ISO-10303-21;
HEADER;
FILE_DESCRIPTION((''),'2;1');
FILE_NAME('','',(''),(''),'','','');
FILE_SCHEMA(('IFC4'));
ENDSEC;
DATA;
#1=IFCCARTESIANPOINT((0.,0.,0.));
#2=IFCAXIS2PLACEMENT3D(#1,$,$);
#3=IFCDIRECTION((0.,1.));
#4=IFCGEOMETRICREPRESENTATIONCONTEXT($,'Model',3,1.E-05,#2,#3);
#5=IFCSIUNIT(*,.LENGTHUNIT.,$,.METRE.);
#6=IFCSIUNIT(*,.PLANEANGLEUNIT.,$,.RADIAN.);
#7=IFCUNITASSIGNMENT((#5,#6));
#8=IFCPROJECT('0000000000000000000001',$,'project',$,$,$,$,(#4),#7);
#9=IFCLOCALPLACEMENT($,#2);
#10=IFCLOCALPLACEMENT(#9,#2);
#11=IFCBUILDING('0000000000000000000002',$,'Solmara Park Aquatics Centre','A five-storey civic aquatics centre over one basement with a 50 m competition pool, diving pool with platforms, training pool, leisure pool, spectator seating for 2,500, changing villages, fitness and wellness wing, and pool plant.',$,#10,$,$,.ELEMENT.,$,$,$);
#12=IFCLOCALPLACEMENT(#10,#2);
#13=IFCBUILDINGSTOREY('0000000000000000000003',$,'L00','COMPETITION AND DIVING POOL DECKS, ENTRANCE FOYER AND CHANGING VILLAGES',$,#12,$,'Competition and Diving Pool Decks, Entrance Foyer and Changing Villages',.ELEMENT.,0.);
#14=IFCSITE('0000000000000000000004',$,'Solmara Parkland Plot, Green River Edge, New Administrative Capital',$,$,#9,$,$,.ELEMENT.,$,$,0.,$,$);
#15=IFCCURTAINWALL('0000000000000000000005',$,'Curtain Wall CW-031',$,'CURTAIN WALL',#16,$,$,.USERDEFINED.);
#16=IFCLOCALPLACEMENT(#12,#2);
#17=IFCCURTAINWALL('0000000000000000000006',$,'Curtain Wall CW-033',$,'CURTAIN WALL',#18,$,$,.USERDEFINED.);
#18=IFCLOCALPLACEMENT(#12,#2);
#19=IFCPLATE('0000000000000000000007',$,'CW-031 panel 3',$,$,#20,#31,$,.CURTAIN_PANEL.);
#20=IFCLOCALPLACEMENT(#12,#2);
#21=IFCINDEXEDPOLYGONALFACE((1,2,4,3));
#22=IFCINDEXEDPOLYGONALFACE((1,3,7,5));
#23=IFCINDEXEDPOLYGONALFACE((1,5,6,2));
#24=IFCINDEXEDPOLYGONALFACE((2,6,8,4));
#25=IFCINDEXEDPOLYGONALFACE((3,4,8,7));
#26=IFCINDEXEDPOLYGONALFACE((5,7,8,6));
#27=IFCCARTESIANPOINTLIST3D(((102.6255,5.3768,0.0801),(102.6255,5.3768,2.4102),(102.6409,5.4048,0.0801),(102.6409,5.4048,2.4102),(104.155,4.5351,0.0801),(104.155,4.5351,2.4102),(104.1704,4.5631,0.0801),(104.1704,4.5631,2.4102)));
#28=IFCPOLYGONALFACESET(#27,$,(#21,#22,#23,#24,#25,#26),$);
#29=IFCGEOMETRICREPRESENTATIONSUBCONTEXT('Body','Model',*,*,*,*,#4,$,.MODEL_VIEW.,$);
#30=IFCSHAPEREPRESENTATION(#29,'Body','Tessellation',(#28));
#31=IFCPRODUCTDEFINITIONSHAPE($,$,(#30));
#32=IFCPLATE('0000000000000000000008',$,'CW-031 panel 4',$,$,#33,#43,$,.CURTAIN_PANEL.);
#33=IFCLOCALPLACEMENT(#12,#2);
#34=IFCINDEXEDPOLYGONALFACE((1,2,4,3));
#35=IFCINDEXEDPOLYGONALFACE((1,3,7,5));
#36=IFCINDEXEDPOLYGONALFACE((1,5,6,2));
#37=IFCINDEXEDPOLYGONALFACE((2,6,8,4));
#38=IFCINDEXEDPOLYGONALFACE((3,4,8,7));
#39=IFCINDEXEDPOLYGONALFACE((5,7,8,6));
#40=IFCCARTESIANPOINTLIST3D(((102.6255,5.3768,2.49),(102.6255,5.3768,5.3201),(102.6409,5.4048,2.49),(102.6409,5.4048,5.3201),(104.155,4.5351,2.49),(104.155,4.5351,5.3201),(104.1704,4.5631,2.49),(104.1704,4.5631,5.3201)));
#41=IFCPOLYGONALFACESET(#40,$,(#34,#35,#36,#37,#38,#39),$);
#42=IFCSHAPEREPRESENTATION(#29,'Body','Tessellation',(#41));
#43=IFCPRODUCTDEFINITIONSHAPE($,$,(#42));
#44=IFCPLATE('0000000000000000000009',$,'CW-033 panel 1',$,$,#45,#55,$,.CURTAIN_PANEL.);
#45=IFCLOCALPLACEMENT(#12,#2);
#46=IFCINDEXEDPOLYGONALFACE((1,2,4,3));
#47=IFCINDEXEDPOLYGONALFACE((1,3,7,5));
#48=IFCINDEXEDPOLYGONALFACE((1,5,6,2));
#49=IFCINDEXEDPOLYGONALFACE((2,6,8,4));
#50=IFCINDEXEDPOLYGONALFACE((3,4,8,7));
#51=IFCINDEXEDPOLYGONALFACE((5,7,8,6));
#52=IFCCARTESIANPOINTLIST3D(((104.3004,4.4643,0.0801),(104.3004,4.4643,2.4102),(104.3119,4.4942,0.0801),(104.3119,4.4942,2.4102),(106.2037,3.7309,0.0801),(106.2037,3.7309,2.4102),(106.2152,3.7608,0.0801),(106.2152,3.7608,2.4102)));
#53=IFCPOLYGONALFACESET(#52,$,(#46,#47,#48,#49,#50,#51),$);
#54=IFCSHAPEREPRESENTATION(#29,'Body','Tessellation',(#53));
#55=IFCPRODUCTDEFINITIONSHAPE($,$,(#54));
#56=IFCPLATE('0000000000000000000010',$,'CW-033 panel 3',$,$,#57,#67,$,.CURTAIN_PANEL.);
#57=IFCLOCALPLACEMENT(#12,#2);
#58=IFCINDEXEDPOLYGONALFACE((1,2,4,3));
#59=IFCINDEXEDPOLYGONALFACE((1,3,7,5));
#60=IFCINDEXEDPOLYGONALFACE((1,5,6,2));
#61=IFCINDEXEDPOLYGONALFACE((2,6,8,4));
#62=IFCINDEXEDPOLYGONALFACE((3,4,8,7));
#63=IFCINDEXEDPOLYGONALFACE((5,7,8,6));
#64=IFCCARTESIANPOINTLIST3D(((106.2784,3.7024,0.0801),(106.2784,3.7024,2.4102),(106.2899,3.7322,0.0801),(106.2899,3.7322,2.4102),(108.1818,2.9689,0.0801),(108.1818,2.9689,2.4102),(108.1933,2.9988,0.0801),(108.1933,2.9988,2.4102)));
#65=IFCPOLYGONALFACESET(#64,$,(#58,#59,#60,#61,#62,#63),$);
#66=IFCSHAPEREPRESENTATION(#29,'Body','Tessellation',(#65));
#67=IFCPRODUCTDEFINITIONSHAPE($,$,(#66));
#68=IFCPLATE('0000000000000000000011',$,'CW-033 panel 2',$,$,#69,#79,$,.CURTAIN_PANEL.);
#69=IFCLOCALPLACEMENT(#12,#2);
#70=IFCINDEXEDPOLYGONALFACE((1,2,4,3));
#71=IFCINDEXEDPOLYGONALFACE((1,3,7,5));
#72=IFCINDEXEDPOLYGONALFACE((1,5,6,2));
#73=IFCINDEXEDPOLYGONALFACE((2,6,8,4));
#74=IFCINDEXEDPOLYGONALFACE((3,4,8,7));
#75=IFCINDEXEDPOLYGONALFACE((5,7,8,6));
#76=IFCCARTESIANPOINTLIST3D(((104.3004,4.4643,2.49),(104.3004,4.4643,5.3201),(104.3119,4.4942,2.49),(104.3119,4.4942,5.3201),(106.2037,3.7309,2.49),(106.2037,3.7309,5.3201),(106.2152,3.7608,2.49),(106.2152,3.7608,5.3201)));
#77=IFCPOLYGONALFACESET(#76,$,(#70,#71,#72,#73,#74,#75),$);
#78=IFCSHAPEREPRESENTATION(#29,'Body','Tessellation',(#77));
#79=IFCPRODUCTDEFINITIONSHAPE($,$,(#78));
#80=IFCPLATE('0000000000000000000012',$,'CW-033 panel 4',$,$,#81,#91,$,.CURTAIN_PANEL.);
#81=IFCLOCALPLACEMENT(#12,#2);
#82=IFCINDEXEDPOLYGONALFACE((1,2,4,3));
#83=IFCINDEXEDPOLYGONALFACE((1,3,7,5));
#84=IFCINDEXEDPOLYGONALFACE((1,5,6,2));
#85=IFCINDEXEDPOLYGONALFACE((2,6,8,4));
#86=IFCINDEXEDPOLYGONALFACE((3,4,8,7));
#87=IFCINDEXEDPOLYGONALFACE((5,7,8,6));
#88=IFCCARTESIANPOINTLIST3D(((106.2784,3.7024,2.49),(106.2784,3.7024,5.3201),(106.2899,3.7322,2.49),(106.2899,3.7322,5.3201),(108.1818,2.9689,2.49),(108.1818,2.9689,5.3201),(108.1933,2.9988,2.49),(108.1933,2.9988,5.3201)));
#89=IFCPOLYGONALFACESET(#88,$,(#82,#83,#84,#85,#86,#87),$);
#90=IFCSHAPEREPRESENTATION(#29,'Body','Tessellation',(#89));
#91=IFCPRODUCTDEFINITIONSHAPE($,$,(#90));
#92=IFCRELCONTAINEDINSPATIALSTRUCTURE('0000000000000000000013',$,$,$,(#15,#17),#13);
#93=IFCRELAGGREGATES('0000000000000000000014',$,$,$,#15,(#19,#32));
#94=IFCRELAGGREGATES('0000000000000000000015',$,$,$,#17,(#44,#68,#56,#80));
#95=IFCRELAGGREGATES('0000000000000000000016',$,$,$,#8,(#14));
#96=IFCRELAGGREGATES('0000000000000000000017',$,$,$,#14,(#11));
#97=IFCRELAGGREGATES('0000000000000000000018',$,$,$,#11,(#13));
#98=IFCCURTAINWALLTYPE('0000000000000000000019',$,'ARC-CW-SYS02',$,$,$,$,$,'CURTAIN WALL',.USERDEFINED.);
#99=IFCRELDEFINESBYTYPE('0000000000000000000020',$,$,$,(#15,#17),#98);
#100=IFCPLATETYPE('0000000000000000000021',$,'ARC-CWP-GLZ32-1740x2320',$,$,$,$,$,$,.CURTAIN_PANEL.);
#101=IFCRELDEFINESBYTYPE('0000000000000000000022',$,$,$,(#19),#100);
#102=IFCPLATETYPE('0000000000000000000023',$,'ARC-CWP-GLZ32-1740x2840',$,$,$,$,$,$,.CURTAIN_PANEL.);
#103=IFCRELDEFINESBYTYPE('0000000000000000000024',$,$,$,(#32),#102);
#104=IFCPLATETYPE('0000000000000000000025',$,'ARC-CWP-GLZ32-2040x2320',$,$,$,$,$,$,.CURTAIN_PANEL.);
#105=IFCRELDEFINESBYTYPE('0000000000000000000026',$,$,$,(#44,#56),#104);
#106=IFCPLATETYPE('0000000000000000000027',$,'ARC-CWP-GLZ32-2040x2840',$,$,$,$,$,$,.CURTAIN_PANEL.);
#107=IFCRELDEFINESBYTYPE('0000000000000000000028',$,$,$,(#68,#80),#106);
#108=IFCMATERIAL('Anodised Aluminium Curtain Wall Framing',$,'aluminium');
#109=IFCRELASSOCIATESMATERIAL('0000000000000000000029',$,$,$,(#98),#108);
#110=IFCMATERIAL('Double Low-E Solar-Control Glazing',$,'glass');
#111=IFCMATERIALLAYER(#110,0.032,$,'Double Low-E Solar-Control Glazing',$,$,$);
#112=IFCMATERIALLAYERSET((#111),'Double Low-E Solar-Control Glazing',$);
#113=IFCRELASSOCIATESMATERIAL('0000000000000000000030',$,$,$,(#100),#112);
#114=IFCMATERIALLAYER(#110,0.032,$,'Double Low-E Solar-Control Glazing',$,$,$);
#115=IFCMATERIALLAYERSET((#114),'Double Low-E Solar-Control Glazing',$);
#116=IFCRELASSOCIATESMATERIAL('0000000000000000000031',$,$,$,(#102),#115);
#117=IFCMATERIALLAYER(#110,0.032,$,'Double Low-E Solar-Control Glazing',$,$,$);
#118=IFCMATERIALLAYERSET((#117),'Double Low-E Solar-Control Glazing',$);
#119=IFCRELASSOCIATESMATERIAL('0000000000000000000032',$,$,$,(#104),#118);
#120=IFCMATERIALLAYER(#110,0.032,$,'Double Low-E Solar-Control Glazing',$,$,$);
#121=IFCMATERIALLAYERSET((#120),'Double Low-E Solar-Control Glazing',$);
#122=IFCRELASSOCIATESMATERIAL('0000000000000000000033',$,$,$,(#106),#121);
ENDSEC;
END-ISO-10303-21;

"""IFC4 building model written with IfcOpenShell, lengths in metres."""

from ifc_helpers import new_model, si_unit, direction, frame, origin, origin_2d, place, context, subcontext, project, spatial, rectangle, extrude, material, layer, layer_set, type_object, element, aggregate, save


model = new_model("IFC4")

# Units and contexts
model_context = context("Model", 3, precision=1e-05, world=origin(), true_north=direction((0.0, 1.0)))
body_context = subcontext(model_context, "Body", "Model", "MODEL_VIEW")
ifc_project = project(units=[si_unit("LENGTHUNIT", "METRE"), si_unit("PLANEANGLEUNIT", "RADIAN")], contexts=[model_context])

# Site, building, storey
site_placement = place(None, origin())
site = spatial("IfcSite", under=ifc_project, at=site_placement, Name="Solmara Parkland Plot, Green River Edge, New Administrative Capital", CompositionType="ELEMENT", RefElevation=0.0)
building_placement = place(site_placement, origin())
building = spatial("IfcBuilding", under=site, at=building_placement, Name="Solmara Park Aquatics Centre", Description="A five-storey civic aquatics centre over one basement with a 50 m competition pool, diving pool with platforms, training pool, leisure pool, spectator seating for 2,500, changing villages, fitness and wellness wing, and pool plant.", CompositionType="ELEMENT")
storey_placement = place(building_placement, origin())
storey = spatial("IfcBuildingStorey", under=building, at=storey_placement, Name="L00", Description="COMPETITION AND DIVING POOL DECKS, ENTRANCE FOYER AND CHANGING VILLAGES", LongName="Competition and Diving Pool Decks, Entrance Foyer and Changing Villages", CompositionType="ELEMENT", Elevation=0.0)

# Curtain wall
ifc_material_1 = material(Name="Anodised Aluminium Curtain Wall Framing", Category="aluminium")
curtain_wall_type = type_object("IfcCurtainWallType", Name="ARC-CW-SYS02", ElementType="CURTAIN WALL", PredefinedType="USERDEFINED", material=ifc_material_1)
curtain_wall_1_placement = place(storey_placement, origin())
curtain_wall_1 = element("IfcCurtainWall", 1, at=curtain_wall_1_placement, inside=storey, type_object=curtain_wall_type, Name="Curtain Wall CW-031", ObjectType="CURTAIN WALL", PredefinedType="USERDEFINED")

# Curtain wall
curtain_wall_2_placement = place(storey_placement, origin())
curtain_wall_2 = element("IfcCurtainWall", 2, at=curtain_wall_2_placement, inside=storey, type_object=curtain_wall_type, Name="Curtain Wall CW-033", ObjectType="CURTAIN WALL", PredefinedType="USERDEFINED")

# Plates
ifc_material_2 = material(Name="Double Low-E Solar-Control Glazing", Category="glass")
ifc_layer_1 = layer(ifc_material_2, 0.032, Name="Double Low-E Solar-Control Glazing")
ifc_layer_set_1 = layer_set([ifc_layer_1], Name="Double Low-E Solar-Control Glazing")
plate_type_1 = type_object("IfcPlateType", Name="ARC-CWP-GLZ32-1740x2320", PredefinedType="CURTAIN_PANEL", material=ifc_layer_set_1)
plate_1_placement = place(storey_placement, frame((103.3979, 4.97, 0.0801), z_axis=(0.0, 0.0, 1.0), x_axis=(0.876105, -0.482121, 0.0)))
plate_1 = element("IfcPlate", 3, at=plate_1_placement, type_object=plate_type_1, Name="CW-031 panel 3", PredefinedType="CURTAIN_PANEL", context=body_context, shape_type="SweptSolid", body=[
    extrude(rectangle(XDim=1.7458, YDim=0.032, at=origin_2d()), origin(), (0.0, 0.0, 1.0), 2.3301),
])
ifc_layer_2 = layer(ifc_material_2, 0.032, Name="Double Low-E Solar-Control Glazing")
ifc_layer_set_2 = layer_set([ifc_layer_2], Name="Double Low-E Solar-Control Glazing")
plate_type_2 = type_object("IfcPlateType", Name="ARC-CWP-GLZ32-1740x2840", PredefinedType="CURTAIN_PANEL", material=ifc_layer_set_2)
plate_2_placement = place(storey_placement, frame((103.3979, 4.97, 2.49), z_axis=(0.0, 0.0, 1.0), x_axis=(0.876105, -0.482121, 0.0)))
plate_2 = element("IfcPlate", 4, at=plate_2_placement, type_object=plate_type_2, Name="CW-031 panel 4", PredefinedType="CURTAIN_PANEL", context=body_context, shape_type="SweptSolid", body=[
    extrude(rectangle(XDim=1.7458, YDim=0.032, at=origin_2d()), origin(), (0.0, 0.0, 1.0), 2.8301),
])
aggregate(curtain_wall_1, [plate_1, plate_2])
ifc_layer_3 = layer(ifc_material_2, 0.032, Name="Double Low-E Solar-Control Glazing")
ifc_layer_set_3 = layer_set([ifc_layer_3], Name="Double Low-E Solar-Control Glazing")
plate_type_3 = type_object("IfcPlateType", Name="ARC-CWP-GLZ32-2040x2320", PredefinedType="CURTAIN_PANEL", material=ifc_layer_set_3)
plate_3_placement = place(storey_placement, frame((105.2578, 4.1125, 0.0801), z_axis=(0.0, 0.0, 1.0), x_axis=(0.93312, -0.359565, 0.0)))
plate_3 = element("IfcPlate", 5, at=plate_3_placement, type_object=plate_type_3, Name="CW-033 panel 1", PredefinedType="CURTAIN_PANEL", context=body_context, shape_type="SweptSolid", body=[
    extrude(rectangle(XDim=2.0398, YDim=0.032, at=origin_2d()), origin(), (0.0, 0.0, 1.0), 2.3301),
])
plate_4_placement = place(storey_placement, frame((107.2358, 3.3506, 0.0801), z_axis=(0.0, 0.0, 1.0), x_axis=(0.93312, -0.359565, 0.0)))
plate_4 = element("IfcPlate", 6, at=plate_4_placement, type_object=plate_type_3, Name="CW-033 panel 3", PredefinedType="CURTAIN_PANEL", context=body_context, shape_type="SweptSolid", body=[
    extrude(rectangle(XDim=2.0398, YDim=0.032, at=origin_2d()), origin(), (0.0, 0.0, 1.0), 2.3301),
])
ifc_layer_4 = layer(ifc_material_2, 0.032, Name="Double Low-E Solar-Control Glazing")
ifc_layer_set_4 = layer_set([ifc_layer_4], Name="Double Low-E Solar-Control Glazing")
plate_type_4 = type_object("IfcPlateType", Name="ARC-CWP-GLZ32-2040x2840", PredefinedType="CURTAIN_PANEL", material=ifc_layer_set_4)
plate_5_placement = place(storey_placement, frame((105.2578, 4.1125, 2.49), z_axis=(0.0, 0.0, 1.0), x_axis=(0.93312, -0.359565, 0.0)))
plate_5 = element("IfcPlate", 7, at=plate_5_placement, type_object=plate_type_4, Name="CW-033 panel 2", PredefinedType="CURTAIN_PANEL", context=body_context, shape_type="SweptSolid", body=[
    extrude(rectangle(XDim=2.0398, YDim=0.032, at=origin_2d()), origin(), (0.0, 0.0, 1.0), 2.8301),
])
plate_6_placement = place(storey_placement, frame((107.2358, 3.3506, 2.49), z_axis=(0.0, 0.0, 1.0), x_axis=(0.93312, -0.359565, 0.0)))
plate_6 = element("IfcPlate", 8, at=plate_6_placement, type_object=plate_type_4, Name="CW-033 panel 4", PredefinedType="CURTAIN_PANEL", context=body_context, shape_type="SweptSolid", body=[
    extrude(rectangle(XDim=2.0398, YDim=0.032, at=origin_2d()), origin(), (0.0, 0.0, 1.0), 2.8301),
])
aggregate(curtain_wall_2, [plate_3, plate_5, plate_4, plate_6])

save(model, "model.ifc")
